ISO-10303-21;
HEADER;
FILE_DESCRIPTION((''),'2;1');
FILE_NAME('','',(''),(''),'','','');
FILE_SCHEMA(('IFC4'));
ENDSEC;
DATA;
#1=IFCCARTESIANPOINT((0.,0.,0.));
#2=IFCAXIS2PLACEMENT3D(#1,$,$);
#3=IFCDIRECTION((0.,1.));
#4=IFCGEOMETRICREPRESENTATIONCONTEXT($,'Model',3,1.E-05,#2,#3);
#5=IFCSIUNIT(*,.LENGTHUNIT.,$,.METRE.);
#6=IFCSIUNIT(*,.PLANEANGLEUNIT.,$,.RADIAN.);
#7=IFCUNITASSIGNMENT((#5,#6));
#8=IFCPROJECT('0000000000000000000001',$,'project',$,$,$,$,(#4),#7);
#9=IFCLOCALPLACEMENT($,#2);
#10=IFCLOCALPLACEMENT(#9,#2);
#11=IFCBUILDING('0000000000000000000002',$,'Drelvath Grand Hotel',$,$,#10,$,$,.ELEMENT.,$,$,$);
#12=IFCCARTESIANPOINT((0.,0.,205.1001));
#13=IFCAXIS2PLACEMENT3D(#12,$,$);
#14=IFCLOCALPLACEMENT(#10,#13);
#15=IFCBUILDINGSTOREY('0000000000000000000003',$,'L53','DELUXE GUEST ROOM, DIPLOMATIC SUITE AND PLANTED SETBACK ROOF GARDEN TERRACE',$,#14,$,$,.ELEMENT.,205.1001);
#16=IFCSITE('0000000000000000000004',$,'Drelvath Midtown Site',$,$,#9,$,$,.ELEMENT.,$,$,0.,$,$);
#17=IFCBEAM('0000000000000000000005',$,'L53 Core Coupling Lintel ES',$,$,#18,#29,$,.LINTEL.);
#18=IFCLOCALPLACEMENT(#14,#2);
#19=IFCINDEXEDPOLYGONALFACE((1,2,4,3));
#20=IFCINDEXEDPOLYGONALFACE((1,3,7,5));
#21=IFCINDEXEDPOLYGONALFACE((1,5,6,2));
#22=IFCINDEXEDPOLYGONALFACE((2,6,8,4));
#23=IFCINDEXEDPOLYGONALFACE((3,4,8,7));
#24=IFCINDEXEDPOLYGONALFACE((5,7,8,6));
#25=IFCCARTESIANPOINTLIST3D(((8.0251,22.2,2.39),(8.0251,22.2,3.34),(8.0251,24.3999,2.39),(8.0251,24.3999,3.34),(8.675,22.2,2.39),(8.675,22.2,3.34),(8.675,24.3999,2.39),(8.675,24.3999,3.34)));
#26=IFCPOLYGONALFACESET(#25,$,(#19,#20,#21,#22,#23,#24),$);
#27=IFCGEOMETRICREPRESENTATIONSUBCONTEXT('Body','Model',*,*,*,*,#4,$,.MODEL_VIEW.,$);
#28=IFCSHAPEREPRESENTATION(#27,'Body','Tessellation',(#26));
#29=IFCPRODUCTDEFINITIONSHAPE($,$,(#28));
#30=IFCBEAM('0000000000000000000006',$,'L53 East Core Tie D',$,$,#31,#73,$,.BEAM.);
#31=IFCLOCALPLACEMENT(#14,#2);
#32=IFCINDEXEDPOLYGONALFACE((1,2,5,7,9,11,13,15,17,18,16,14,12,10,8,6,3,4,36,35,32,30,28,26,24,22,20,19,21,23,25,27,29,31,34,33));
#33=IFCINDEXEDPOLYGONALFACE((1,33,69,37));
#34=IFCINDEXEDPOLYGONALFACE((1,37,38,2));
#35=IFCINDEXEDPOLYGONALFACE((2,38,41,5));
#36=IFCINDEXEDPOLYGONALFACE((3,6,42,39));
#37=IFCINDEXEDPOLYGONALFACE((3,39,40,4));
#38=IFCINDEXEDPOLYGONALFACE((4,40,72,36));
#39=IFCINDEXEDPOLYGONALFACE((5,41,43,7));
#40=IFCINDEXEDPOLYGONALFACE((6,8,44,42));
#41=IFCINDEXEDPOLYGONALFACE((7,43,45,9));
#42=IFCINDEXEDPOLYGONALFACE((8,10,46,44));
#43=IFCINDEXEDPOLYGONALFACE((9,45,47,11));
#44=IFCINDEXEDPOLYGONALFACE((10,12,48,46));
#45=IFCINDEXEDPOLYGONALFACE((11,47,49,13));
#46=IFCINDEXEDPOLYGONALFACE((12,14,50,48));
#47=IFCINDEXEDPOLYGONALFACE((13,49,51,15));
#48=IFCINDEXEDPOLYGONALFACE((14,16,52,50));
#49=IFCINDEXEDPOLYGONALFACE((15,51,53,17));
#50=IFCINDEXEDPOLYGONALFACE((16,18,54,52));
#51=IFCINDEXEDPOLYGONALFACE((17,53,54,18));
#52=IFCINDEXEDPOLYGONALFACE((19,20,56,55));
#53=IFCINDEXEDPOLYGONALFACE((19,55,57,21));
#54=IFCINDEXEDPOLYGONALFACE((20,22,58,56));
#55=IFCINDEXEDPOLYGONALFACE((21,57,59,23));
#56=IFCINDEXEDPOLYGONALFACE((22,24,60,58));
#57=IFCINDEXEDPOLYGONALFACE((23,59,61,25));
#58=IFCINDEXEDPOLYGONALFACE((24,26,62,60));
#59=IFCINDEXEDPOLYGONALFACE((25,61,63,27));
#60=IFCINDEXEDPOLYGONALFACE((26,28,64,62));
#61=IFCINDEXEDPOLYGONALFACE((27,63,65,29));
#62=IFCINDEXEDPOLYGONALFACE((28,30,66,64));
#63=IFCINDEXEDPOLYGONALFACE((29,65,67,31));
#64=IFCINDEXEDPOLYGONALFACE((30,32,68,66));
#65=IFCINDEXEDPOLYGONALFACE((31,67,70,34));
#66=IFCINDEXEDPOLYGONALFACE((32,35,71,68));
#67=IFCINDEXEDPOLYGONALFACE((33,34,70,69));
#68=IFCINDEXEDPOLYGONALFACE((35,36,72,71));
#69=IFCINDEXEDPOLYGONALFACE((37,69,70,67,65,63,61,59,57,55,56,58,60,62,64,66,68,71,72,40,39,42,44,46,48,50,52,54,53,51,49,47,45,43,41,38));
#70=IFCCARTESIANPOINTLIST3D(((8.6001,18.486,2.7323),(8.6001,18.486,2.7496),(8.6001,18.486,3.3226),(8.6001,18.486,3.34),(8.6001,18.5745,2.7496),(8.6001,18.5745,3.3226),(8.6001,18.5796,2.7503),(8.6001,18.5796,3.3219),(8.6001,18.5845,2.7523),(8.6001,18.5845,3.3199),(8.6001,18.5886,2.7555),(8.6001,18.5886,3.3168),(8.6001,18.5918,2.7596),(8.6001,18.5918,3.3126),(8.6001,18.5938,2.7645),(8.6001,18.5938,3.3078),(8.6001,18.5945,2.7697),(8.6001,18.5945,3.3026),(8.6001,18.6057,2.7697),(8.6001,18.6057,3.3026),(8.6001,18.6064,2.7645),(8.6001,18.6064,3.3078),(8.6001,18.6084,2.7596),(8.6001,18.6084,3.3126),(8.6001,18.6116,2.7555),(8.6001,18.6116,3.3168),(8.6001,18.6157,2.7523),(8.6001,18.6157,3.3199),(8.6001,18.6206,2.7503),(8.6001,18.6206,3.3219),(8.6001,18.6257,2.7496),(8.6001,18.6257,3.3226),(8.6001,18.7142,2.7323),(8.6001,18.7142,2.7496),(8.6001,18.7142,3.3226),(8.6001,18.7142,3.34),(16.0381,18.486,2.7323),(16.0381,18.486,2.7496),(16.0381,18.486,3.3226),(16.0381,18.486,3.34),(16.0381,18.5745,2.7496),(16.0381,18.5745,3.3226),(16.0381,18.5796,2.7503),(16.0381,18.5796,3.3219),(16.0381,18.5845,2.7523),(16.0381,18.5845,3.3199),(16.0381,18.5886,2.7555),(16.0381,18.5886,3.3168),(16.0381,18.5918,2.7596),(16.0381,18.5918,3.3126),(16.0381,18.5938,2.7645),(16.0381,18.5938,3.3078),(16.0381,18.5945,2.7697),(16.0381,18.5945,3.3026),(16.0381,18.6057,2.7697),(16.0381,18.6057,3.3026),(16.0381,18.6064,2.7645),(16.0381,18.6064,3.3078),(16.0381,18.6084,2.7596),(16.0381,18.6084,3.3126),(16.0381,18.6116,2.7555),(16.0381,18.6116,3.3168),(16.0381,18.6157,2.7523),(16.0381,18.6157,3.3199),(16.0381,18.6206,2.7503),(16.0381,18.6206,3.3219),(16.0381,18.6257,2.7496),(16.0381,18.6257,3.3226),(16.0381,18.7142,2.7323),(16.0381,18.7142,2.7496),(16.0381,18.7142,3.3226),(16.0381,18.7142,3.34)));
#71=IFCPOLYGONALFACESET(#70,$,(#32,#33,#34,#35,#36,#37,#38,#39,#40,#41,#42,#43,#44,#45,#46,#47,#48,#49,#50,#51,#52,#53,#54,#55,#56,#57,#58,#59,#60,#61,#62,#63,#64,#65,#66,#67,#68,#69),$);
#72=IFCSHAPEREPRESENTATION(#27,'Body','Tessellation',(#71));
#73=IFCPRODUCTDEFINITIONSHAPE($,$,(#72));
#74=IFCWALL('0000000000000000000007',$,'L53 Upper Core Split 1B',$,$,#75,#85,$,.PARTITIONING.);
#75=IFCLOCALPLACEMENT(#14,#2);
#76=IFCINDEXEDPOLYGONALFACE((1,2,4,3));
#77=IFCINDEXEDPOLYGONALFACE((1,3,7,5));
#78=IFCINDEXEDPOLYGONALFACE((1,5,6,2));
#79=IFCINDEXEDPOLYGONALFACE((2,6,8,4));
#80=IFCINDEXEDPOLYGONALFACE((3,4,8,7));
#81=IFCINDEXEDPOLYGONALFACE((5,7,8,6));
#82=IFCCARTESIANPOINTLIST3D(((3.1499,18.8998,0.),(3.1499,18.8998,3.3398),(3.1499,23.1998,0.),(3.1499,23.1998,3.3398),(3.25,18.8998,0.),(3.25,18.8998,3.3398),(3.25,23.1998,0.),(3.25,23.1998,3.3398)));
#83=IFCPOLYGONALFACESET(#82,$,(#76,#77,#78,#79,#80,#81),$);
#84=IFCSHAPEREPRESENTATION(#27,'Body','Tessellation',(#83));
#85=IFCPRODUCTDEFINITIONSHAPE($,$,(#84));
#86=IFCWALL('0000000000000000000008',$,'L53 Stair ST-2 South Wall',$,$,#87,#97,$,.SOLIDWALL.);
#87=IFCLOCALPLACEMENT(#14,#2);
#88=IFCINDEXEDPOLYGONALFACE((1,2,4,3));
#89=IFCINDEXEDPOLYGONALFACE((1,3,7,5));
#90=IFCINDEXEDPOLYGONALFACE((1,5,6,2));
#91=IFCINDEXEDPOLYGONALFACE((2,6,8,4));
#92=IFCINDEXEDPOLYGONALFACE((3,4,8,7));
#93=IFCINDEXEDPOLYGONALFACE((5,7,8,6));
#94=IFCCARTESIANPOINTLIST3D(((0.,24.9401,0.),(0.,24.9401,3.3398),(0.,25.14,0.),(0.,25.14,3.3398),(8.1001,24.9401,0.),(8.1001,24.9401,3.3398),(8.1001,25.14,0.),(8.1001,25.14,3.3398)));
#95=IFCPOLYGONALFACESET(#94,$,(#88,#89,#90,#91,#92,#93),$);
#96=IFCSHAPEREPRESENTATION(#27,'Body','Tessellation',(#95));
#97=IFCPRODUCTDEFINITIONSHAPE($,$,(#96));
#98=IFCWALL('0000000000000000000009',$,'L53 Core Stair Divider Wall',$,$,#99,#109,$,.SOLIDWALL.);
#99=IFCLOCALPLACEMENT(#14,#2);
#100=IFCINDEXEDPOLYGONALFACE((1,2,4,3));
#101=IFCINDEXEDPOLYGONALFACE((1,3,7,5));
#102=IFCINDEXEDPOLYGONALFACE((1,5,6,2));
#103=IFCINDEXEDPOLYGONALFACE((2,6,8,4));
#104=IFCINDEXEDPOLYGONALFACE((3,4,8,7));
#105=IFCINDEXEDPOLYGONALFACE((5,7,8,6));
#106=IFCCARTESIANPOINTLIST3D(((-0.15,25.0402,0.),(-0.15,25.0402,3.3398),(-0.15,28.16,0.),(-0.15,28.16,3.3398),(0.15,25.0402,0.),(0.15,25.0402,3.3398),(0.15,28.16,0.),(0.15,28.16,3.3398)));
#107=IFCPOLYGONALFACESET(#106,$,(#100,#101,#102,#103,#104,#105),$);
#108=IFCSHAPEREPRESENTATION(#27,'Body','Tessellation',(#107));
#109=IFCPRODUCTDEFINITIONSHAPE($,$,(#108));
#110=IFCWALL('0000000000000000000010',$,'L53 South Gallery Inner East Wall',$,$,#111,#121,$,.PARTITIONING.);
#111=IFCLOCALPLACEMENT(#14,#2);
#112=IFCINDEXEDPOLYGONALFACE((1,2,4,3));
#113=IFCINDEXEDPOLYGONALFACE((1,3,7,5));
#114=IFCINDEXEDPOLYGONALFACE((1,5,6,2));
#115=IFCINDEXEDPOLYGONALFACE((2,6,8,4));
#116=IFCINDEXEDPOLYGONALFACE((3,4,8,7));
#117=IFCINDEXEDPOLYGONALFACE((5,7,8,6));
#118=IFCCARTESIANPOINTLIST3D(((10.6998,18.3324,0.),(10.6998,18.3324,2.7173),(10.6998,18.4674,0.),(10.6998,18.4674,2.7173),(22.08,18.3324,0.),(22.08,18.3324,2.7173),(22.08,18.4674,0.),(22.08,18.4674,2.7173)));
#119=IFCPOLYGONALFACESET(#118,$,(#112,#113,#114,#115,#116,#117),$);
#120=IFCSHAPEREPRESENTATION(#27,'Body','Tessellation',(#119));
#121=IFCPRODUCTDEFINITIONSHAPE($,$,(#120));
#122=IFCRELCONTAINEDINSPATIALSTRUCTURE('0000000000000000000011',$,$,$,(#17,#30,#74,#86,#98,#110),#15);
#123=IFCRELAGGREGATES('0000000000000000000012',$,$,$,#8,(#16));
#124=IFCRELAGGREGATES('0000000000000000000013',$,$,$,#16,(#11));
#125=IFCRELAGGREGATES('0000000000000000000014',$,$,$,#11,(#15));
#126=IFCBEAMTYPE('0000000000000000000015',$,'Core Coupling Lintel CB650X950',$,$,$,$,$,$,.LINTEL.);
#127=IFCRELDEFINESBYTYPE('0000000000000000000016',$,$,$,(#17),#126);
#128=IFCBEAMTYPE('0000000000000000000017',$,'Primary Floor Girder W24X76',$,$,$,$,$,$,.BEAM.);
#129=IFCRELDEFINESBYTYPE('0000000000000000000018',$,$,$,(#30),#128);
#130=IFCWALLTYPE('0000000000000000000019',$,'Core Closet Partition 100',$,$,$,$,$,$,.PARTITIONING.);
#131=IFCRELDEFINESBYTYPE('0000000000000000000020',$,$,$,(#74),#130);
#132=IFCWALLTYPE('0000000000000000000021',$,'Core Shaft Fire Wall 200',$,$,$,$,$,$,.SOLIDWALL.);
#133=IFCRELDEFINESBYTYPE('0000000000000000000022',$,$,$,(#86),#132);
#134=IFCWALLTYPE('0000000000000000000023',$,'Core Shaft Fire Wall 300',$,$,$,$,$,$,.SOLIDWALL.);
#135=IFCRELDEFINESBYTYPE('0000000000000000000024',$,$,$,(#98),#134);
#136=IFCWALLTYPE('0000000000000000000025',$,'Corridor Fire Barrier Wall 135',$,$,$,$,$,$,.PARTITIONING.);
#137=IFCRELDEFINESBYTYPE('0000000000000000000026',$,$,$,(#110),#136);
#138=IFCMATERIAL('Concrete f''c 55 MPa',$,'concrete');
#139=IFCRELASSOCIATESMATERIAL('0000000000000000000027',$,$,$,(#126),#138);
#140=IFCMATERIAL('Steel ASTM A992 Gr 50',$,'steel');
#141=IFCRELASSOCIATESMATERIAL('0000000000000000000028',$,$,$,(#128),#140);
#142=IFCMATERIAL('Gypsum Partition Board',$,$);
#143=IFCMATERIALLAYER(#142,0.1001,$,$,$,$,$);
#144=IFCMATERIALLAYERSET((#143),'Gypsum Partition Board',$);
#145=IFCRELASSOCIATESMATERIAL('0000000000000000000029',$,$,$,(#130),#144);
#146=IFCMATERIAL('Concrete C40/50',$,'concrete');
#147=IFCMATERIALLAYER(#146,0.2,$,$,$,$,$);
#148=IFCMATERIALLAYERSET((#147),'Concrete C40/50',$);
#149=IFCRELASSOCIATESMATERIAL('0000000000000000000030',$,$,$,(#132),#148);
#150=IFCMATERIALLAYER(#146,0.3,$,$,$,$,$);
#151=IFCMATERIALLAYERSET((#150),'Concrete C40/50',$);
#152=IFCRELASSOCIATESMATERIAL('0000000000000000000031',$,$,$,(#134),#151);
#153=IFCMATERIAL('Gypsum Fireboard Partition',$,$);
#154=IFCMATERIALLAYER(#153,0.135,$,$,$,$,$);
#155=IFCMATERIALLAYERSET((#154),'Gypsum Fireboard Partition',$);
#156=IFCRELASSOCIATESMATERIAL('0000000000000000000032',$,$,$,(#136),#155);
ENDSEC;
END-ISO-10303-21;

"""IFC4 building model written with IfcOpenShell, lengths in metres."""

from ifc_helpers import new_model, si_unit, direction, frame, frame_2d, origin, origin_2d, place, context, subcontext, project, spatial, rectangle, i_section, extrude, material, layer, layer_set, material_profile, profile_set, type_object, element, save


model = new_model("IFC4")

# Units and contexts
model_context = context("Model", 3, precision=1e-05, world=origin(), true_north=direction((0.0, 1.0)))
body_context = subcontext(model_context, "Body", "Model", "MODEL_VIEW")
ifc_project = project(units=[si_unit("LENGTHUNIT", "METRE"), si_unit("PLANEANGLEUNIT", "RADIAN")], contexts=[model_context])

# Site, building, storey
site_placement = place(None, origin())
site = spatial("IfcSite", under=ifc_project, at=site_placement, Name="Drelvath Midtown Site", CompositionType="ELEMENT", RefElevation=0.0)
building_placement = place(site_placement, origin())
building = spatial("IfcBuilding", under=site, at=building_placement, Name="Drelvath Grand Hotel", CompositionType="ELEMENT")
storey_placement = place(building_placement, frame((0.0, 0.0, 205.1001)))
storey = spatial("IfcBuildingStorey", under=building, at=storey_placement, Name="L53", Description="DELUXE GUEST ROOM, DIPLOMATIC SUITE AND PLANTED SETBACK ROOF GARDEN TERRACE", CompositionType="ELEMENT", Elevation=205.1001)

# Beams
ifc_material_1 = material(Name="Concrete f'c 55 MPa", Category="concrete")
ifc_material_profile_1 = material_profile(ifc_material_1, rectangle(XDim=0.6499, YDim=0.95, at=origin_2d()), Name="CB650X950")
ifc_profile_set_1 = profile_set([ifc_material_profile_1], Name="Concrete f'c 55 MPa")
beam_type_1 = type_object("IfcBeamType", Name="Core Coupling Lintel CB650X950", PredefinedType="LINTEL", material=ifc_profile_set_1)
beam_1_placement = place(storey_placement, frame((8.3501, 22.2, 2.865), z_axis=(0.0, 1.0, 0.0), x_axis=(-1.0, 0.0, 0.0)))
element("IfcBeam", 1, at=beam_1_placement, inside=storey, type_object=beam_type_1, Name="L53 Core Coupling Lintel ES", PredefinedType="LINTEL", context=body_context, shape_type="SweptSolid", body=[
    extrude(rectangle(XDim=0.6499, YDim=0.95, at=origin_2d()), origin(), (0.0, 0.0, 1.0), 2.2),
])
ifc_material_2 = material(Name="Steel ASTM A992 Gr 50", Category="steel")
ifc_material_profile_2 = material_profile(ifc_material_2, i_section(OverallWidth=0.2283, OverallDepth=0.6077, WebThickness=0.0112, FlangeThickness=0.0173, FilletRadius=0.02, at=origin_2d()), Name="W24X76")
ifc_profile_set_2 = profile_set([ifc_material_profile_2], Name="Steel ASTM A992 Gr 50")
beam_type_2 = type_object("IfcBeamType", Name="Primary Floor Girder W24X76", PredefinedType="BEAM", material=ifc_profile_set_2)
beam_2_placement = place(storey_placement, frame((8.6001, 18.6001, 3.0361), z_axis=(1.0, 0.0, 0.0), x_axis=(0.0, 1.0, 0.0)))
element("IfcBeam", 2, at=beam_2_placement, inside=storey, type_object=beam_type_2, Name="L53 East Core Tie D", PredefinedType="BEAM", context=body_context, shape_type="SweptSolid", body=[
    extrude(i_section(OverallWidth=0.2283, OverallDepth=0.6077, WebThickness=0.0112, FlangeThickness=0.0173, FilletRadius=0.02, at=origin_2d()), origin(), (0.0, 0.0, 1.0), 7.438),
])

# Walls
ifc_material_3 = material(Name="Gypsum Partition Board")
ifc_layer_1 = layer(ifc_material_3, 0.1001)
ifc_layer_set_1 = layer_set([ifc_layer_1], Name="Gypsum Partition Board")
wall_type_1 = type_object("IfcWallType", Name="Core Closet Partition 100", PredefinedType="PARTITIONING", material=ifc_layer_set_1)
wall_1_placement = place(storey_placement, frame((3.2, 18.8999, 0.0), z_axis=(0.0, 0.0, 1.0), x_axis=(0.0, 1.0, 0.0)))
element("IfcWall", 3, at=wall_1_placement, inside=storey, type_object=wall_type_1, Name="L53 Upper Core Split 1B", PredefinedType="PARTITIONING", context=body_context, shape_type="SweptSolid", body=[
    extrude(rectangle(XDim=4.3, YDim=0.1001, at=frame_2d((2.1499, 0.0))), origin(), (0.0, 0.0, 1.0), 3.3398),
])
ifc_material_4 = material(Name="Concrete C40/50", Category="concrete")
ifc_layer_2 = layer(ifc_material_4, 0.2)
ifc_layer_set_2 = layer_set([ifc_layer_2], Name="Concrete C40/50")
wall_type_2 = type_object("IfcWallType", Name="Core Shaft Fire Wall 200", PredefinedType="SOLIDWALL", material=ifc_layer_set_2)
wall_2_placement = place(storey_placement, frame((0.0, 25.04, 0.0), z_axis=(0.0, 0.0, 1.0), x_axis=(1.0, 0.0, 0.0)))
element("IfcWall", 4, at=wall_2_placement, inside=storey, type_object=wall_type_2, Name="L53 Stair ST-2 South Wall", PredefinedType="SOLIDWALL", context=body_context, shape_type="SweptSolid", body=[
    extrude(rectangle(XDim=8.1001, YDim=0.2, at=frame_2d((4.05, 0.0))), origin(), (0.0, 0.0, 1.0), 3.3398),
])
ifc_layer_3 = layer(ifc_material_4, 0.3)
ifc_layer_set_3 = layer_set([ifc_layer_3], Name="Concrete C40/50")
wall_type_3 = type_object("IfcWallType", Name="Core Shaft Fire Wall 300", PredefinedType="SOLIDWALL", material=ifc_layer_set_3)
wall_3_placement = place(storey_placement, frame((0.0, 25.04, 0.0), z_axis=(0.0, 0.0, 1.0), x_axis=(0.0, 1.0, 0.0)))
element("IfcWall", 5, at=wall_3_placement, inside=storey, type_object=wall_type_3, Name="L53 Core Stair Divider Wall", PredefinedType="SOLIDWALL", context=body_context, shape_type="SweptSolid", body=[
    extrude(rectangle(XDim=3.1199, YDim=0.3, at=frame_2d((1.5601, 0.0))), origin(), (0.0, 0.0, 1.0), 3.3398),
])
ifc_material_5 = material(Name="Gypsum Fireboard Partition")
ifc_layer_4 = layer(ifc_material_5, 0.135)
ifc_layer_set_4 = layer_set([ifc_layer_4], Name="Gypsum Fireboard Partition")
wall_type_4 = type_object("IfcWallType", Name="Corridor Fire Barrier Wall 135", PredefinedType="PARTITIONING", material=ifc_layer_set_4)
wall_4_placement = place(storey_placement, frame((10.7, 18.3999, 0.0), z_axis=(0.0, 0.0, 1.0), x_axis=(1.0, 0.0, 0.0)))
element("IfcWall", 6, at=wall_4_placement, inside=storey, type_object=wall_type_4, Name="L53 South Gallery Inner East Wall", PredefinedType="PARTITIONING", context=body_context, shape_type="SweptSolid", body=[
    extrude(rectangle(XDim=11.3801, YDim=0.135, at=frame_2d((5.6899, 0.0))), origin(), (0.0, 0.0, 1.0), 2.7173),
])

save(model, "model.ifc")
